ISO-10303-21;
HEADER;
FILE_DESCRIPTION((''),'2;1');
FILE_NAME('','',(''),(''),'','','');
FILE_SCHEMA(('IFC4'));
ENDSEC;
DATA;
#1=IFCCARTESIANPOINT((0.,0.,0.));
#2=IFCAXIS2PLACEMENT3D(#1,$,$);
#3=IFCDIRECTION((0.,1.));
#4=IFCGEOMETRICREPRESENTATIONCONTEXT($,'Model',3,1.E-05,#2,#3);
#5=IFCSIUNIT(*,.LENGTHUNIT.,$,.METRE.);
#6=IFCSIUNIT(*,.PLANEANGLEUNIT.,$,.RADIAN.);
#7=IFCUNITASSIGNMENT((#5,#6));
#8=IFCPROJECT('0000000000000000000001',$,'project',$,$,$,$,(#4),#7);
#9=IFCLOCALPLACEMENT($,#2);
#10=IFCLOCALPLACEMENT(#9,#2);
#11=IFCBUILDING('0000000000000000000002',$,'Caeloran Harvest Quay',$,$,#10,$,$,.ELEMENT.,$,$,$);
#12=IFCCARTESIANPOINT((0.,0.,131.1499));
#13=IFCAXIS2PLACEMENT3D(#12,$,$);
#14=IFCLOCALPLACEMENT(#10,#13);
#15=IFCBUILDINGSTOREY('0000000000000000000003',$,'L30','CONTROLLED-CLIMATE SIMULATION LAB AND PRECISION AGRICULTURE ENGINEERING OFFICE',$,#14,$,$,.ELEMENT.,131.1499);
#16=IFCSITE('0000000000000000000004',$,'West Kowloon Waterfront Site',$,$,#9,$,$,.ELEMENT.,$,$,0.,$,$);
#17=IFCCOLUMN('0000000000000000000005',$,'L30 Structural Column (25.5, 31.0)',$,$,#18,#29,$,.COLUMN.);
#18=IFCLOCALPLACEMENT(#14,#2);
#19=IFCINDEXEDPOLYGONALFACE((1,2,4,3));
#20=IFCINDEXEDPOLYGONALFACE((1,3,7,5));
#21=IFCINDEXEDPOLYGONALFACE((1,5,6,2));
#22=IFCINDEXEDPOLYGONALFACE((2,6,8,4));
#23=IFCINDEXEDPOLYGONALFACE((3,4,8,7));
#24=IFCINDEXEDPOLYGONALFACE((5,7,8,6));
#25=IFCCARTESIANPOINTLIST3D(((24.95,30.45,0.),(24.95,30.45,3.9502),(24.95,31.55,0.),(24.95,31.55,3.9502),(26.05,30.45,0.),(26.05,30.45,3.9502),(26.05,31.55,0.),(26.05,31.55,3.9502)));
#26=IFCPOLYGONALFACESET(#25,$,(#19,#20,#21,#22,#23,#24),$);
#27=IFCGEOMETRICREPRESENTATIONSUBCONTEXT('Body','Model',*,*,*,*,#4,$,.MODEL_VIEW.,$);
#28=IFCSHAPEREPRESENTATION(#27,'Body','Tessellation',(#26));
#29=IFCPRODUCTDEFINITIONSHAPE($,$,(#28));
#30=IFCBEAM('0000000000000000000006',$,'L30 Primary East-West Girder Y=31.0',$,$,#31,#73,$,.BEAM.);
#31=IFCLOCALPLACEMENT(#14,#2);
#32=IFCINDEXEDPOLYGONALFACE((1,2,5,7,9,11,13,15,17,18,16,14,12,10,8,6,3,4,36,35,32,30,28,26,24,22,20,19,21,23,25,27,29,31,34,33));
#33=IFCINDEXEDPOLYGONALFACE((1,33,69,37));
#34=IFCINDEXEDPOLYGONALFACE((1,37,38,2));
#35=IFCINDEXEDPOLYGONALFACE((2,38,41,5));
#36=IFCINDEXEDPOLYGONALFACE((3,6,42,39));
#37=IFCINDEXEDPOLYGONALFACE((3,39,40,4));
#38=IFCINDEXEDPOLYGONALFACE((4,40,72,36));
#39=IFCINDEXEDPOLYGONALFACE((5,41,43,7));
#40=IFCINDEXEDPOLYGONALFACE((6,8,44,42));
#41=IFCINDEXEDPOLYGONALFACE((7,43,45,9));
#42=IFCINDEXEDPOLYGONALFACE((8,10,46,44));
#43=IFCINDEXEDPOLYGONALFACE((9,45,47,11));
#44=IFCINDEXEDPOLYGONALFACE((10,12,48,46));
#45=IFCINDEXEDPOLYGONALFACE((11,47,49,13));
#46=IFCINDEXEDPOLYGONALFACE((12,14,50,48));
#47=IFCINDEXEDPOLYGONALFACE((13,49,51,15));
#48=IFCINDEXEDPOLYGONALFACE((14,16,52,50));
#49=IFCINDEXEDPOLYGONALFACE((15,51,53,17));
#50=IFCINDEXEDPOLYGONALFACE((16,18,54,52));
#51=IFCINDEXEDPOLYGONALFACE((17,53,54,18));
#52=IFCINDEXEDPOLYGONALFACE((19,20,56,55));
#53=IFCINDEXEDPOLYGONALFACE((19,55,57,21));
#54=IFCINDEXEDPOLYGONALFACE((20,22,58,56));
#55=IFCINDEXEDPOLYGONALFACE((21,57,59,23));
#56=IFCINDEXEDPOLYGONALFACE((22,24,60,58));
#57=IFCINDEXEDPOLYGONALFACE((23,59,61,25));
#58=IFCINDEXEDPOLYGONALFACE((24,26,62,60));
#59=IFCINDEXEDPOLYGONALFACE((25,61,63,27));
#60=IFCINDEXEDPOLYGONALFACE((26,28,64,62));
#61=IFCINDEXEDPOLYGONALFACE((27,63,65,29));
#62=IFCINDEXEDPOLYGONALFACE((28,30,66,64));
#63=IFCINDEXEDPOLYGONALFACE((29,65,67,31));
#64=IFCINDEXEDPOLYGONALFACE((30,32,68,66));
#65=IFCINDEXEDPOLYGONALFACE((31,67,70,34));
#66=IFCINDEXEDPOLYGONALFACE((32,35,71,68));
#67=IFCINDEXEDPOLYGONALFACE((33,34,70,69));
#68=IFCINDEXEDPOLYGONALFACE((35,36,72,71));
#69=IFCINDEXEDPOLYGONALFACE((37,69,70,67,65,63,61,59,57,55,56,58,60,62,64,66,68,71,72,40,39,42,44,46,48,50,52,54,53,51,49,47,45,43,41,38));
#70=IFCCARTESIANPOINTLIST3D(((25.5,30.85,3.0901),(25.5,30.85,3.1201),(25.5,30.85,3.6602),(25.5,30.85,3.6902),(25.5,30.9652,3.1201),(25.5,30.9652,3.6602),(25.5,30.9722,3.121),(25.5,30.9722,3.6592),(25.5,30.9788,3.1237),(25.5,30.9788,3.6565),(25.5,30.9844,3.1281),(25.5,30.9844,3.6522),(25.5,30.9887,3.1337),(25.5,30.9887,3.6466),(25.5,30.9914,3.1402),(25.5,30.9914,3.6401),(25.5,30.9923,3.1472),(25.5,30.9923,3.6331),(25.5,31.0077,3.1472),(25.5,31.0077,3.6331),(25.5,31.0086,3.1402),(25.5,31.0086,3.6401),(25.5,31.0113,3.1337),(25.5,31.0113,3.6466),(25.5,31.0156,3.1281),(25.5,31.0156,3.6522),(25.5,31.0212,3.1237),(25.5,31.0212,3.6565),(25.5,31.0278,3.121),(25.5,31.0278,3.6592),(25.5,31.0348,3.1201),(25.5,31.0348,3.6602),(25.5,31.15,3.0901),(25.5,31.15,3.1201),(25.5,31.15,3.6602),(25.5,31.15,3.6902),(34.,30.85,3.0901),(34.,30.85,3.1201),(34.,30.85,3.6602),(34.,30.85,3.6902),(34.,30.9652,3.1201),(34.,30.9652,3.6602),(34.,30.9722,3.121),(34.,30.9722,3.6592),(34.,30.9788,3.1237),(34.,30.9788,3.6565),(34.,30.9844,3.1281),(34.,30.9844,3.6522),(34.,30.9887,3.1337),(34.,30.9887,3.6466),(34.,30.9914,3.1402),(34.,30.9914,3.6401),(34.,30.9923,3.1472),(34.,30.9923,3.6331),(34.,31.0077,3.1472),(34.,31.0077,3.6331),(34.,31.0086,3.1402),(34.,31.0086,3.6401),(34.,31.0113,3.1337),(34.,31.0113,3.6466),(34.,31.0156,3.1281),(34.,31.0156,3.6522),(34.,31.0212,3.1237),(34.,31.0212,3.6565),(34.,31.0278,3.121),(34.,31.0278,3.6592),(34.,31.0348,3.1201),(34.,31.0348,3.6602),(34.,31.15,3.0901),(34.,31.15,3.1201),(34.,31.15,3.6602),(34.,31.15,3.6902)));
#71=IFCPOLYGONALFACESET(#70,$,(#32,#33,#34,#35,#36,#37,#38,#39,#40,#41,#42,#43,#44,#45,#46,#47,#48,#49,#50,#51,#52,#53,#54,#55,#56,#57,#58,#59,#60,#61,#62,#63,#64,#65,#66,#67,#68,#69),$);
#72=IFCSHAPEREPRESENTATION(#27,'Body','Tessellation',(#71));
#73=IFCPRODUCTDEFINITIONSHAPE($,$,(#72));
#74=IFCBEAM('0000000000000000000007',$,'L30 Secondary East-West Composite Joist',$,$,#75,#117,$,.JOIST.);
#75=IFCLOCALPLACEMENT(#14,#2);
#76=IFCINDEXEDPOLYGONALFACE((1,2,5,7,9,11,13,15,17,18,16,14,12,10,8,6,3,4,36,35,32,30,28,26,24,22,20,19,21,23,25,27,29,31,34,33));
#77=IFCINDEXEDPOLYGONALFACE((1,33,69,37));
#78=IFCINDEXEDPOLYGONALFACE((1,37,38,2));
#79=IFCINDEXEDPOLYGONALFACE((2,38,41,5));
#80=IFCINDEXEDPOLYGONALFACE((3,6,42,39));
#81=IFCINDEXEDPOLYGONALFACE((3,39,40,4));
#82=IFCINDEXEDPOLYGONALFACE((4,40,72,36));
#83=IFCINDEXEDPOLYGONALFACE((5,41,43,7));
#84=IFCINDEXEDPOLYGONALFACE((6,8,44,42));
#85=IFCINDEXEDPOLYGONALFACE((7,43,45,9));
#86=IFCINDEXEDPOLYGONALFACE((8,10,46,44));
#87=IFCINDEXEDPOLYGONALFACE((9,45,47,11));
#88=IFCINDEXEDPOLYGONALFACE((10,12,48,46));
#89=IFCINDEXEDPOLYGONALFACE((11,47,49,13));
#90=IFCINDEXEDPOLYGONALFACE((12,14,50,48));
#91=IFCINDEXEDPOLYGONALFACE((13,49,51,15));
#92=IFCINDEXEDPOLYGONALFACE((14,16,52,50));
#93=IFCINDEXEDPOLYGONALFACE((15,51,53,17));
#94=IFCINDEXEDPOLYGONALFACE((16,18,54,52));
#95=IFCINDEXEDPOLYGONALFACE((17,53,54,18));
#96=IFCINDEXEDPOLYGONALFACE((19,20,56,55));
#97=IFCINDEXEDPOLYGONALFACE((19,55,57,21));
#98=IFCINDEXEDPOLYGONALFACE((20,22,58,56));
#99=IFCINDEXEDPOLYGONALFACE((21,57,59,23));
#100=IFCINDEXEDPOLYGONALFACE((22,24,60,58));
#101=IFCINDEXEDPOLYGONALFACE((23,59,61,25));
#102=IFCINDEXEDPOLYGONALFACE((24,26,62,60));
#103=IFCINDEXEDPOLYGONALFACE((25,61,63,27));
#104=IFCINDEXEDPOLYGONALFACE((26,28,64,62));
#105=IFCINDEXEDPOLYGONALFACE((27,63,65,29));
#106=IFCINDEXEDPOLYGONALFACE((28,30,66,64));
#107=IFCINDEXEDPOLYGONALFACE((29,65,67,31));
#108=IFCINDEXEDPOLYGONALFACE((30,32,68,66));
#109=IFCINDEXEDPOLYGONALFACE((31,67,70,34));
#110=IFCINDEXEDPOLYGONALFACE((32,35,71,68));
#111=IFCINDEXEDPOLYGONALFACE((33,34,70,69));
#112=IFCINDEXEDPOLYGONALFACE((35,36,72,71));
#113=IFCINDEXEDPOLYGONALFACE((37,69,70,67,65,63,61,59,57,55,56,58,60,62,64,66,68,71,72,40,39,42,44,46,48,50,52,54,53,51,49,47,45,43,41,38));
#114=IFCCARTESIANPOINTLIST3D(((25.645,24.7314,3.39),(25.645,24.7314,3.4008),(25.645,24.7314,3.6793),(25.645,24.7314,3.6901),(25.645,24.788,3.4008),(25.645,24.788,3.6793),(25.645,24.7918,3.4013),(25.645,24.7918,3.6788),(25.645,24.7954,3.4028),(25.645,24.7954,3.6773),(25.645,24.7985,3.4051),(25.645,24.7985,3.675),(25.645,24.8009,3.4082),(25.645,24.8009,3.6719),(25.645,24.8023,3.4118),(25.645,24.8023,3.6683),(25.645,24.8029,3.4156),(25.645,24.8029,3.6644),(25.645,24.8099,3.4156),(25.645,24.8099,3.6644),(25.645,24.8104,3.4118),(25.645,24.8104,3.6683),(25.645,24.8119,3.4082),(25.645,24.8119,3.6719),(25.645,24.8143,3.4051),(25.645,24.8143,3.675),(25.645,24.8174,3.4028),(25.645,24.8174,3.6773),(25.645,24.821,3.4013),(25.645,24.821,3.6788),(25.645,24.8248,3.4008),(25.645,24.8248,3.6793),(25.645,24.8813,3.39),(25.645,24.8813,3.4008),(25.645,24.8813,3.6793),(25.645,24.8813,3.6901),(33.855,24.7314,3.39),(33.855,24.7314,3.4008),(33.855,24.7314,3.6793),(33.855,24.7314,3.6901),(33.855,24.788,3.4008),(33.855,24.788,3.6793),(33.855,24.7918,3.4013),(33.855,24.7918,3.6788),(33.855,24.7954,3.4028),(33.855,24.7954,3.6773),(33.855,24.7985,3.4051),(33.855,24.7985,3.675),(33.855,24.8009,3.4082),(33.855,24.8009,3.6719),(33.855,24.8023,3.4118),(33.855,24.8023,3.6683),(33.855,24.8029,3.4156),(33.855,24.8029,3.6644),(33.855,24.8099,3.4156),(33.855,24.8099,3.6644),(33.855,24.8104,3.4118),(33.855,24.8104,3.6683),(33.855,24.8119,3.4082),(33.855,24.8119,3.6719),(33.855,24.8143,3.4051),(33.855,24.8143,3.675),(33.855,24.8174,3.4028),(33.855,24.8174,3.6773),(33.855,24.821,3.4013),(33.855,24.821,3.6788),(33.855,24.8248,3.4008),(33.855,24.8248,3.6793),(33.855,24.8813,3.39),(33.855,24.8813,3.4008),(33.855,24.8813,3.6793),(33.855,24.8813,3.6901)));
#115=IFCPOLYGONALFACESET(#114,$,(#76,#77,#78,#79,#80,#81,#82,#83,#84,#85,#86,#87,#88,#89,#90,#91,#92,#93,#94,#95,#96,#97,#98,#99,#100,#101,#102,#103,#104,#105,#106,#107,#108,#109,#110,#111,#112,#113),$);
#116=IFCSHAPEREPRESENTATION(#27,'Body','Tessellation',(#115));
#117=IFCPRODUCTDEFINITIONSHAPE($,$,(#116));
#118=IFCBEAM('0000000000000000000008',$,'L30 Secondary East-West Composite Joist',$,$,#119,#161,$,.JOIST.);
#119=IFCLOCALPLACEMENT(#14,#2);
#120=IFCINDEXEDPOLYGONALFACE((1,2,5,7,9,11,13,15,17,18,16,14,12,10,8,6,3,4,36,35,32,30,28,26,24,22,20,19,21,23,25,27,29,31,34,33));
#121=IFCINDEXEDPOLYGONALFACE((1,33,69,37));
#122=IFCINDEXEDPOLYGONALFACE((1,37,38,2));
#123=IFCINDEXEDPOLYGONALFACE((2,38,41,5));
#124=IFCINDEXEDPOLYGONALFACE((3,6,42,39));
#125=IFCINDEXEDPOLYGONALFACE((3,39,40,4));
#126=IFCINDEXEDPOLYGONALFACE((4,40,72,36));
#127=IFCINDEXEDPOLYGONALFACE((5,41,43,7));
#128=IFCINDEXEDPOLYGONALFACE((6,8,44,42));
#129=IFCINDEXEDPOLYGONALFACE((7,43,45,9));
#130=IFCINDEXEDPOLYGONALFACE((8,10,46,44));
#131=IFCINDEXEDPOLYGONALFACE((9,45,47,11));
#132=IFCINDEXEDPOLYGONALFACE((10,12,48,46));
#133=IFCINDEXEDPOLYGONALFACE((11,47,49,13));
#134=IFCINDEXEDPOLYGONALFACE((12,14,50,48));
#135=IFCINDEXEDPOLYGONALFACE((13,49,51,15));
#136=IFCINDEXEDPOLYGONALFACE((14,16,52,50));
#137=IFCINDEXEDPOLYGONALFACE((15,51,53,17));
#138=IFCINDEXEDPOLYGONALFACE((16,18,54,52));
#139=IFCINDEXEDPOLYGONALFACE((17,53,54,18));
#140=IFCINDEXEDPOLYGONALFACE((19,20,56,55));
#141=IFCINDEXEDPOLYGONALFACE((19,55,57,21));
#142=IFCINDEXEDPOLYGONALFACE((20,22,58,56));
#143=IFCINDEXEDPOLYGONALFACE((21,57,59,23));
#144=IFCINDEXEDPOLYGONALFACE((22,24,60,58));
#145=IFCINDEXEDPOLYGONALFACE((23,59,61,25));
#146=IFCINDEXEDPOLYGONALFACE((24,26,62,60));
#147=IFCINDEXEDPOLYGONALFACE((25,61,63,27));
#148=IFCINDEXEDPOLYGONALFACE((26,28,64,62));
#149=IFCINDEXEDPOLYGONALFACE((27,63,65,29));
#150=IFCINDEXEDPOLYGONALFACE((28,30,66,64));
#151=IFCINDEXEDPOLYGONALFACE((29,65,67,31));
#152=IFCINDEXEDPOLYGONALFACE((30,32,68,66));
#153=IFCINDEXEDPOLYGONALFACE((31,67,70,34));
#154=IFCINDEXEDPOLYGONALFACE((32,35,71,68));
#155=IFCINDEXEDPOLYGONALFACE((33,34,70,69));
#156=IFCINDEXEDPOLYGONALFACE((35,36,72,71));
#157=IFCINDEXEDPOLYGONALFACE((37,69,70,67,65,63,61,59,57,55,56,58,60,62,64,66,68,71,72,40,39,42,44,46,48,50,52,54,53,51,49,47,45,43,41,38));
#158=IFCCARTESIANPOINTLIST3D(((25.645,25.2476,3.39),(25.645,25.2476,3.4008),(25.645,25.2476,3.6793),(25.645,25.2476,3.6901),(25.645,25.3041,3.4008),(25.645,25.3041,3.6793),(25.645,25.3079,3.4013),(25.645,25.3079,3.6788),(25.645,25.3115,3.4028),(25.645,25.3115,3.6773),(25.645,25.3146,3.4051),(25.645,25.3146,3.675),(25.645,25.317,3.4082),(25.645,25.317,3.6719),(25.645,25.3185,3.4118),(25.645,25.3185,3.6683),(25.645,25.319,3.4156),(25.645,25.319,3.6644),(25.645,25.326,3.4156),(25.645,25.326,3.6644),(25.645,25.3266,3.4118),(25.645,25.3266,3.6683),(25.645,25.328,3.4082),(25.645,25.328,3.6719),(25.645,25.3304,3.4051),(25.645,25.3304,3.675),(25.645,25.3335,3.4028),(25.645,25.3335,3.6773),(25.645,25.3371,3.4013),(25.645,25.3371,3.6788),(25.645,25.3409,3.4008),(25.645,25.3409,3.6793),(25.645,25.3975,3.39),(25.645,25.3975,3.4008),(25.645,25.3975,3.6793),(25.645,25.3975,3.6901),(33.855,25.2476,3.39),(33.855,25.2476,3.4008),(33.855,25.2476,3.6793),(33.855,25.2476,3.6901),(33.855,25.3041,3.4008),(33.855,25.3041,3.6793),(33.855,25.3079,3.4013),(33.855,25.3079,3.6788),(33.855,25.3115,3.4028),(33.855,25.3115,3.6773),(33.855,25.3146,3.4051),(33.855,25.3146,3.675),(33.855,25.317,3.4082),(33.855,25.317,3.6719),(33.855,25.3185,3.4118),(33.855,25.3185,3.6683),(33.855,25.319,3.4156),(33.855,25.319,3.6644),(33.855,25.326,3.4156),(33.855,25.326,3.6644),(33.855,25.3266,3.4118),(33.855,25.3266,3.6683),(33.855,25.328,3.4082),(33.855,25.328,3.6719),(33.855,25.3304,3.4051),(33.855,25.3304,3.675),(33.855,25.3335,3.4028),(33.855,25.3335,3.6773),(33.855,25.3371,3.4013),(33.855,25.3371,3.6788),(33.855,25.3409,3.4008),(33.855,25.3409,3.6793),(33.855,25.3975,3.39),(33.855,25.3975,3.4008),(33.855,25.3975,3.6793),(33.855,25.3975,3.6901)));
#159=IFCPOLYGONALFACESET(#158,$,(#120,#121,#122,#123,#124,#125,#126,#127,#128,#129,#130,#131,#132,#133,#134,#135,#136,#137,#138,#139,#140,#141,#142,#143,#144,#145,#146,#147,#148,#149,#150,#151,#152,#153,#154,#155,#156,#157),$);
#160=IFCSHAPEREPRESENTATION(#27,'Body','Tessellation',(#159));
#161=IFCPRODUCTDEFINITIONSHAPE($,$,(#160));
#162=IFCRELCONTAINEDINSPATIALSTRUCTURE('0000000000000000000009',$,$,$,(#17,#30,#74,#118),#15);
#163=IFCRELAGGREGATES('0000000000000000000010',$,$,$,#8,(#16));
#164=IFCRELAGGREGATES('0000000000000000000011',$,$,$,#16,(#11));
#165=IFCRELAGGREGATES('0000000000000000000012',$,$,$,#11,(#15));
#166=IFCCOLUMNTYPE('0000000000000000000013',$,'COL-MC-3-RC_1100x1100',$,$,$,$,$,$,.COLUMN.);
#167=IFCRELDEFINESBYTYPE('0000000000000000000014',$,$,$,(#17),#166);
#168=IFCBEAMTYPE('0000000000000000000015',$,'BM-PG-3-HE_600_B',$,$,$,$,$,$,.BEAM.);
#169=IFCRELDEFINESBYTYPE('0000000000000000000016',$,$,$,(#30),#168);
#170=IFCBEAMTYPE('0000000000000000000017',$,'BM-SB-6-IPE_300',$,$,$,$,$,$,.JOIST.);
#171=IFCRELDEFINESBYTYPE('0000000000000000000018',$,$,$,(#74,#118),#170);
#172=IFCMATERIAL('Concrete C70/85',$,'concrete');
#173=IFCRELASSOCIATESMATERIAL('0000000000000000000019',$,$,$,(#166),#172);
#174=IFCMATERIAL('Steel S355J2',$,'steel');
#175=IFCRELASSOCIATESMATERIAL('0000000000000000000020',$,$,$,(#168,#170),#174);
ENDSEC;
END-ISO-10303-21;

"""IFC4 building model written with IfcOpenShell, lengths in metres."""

from ifc_helpers import new_model, si_unit, direction, frame, origin, origin_2d, place, context, subcontext, project, spatial, rectangle, i_section, extrude, material, material_profile, profile_set, type_object, element, save


model = new_model("IFC4")

# Units and contexts
model_context = context("Model", 3, precision=1e-05, world=origin(), true_north=direction((0.0, 1.0)))
body_context = subcontext(model_context, "Body", "Model", "MODEL_VIEW")
ifc_project = project(units=[si_unit("LENGTHUNIT", "METRE"), si_unit("PLANEANGLEUNIT", "RADIAN")], contexts=[model_context])

# Site, building, storey
site_placement = place(None, origin())
site = spatial("IfcSite", under=ifc_project, at=site_placement, Name="West Kowloon Waterfront Site", CompositionType="ELEMENT", RefElevation=0.0)
building_placement = place(site_placement, origin())
building = spatial("IfcBuilding", under=site, at=building_placement, Name="Caeloran Harvest Quay", CompositionType="ELEMENT")
storey_placement = place(building_placement, frame((0.0, 0.0, 131.1499)))
storey = spatial("IfcBuildingStorey", under=building, at=storey_placement, Name="L30", Description="CONTROLLED-CLIMATE SIMULATION LAB AND PRECISION AGRICULTURE ENGINEERING OFFICE", CompositionType="ELEMENT", Elevation=131.1499)

# Column
ifc_material_1 = material(Name="Concrete C70/85", Category="concrete")
ifc_material_profile_1 = material_profile(ifc_material_1, rectangle(XDim=1.1001, YDim=1.1001, at=origin_2d()), Name="RC 1100x1100")
ifc_profile_set_1 = profile_set([ifc_material_profile_1], Name="Concrete C70/85")
column_type = type_object("IfcColumnType", Name="COL-MC-3-RC_1100x1100", PredefinedType="COLUMN", material=ifc_profile_set_1)
column_placement = place(storey_placement, frame((25.5, 31.0, 0.0), z_axis=(0.0, 0.0, 1.0), x_axis=(1.0, 0.0, 0.0)))
element("IfcColumn", 1, at=column_placement, inside=storey, type_object=column_type, Name="L30 Structural Column (25.5, 31.0)", PredefinedType="COLUMN", context=body_context, shape_type="SweptSolid", body=[
    extrude(rectangle(XDim=1.1001, YDim=1.1001, at=origin_2d()), origin(), (0.0, 0.0, 1.0), 3.9502),
])

# Beams
ifc_material_2 = material(Name="Steel S355J2", Category="steel")
ifc_material_profile_2 = material_profile(ifc_material_2, i_section(OverallWidth=0.3, OverallDepth=0.6001, WebThickness=0.0154, FlangeThickness=0.03, FilletRadius=0.0271, at=origin_2d()), Name="HE 600 B")
ifc_profile_set_2 = profile_set([ifc_material_profile_2], Name="Steel S355J2")
beam_type_1 = type_object("IfcBeamType", Name="BM-PG-3-HE_600_B", PredefinedType="BEAM", material=ifc_profile_set_2)
beam_placement = place(storey_placement, frame((25.5, 31.0, 3.3901), z_axis=(1.0, 0.0, 0.0), x_axis=(0.0, 1.0, 0.0)))
element("IfcBeam", 2, at=beam_placement, inside=storey, type_object=beam_type_1, Name="L30 Primary East-West Girder Y=31.0", PredefinedType="BEAM", context=body_context, shape_type="SweptSolid", body=[
    extrude(i_section(OverallWidth=0.3, OverallDepth=0.6001, WebThickness=0.0154, FlangeThickness=0.03, FilletRadius=0.0271, at=origin_2d()), origin(), (0.0, 0.0, 1.0), 8.5),
])
ifc_material_profile_3 = material_profile(ifc_material_2, i_section(OverallWidth=0.1499, OverallDepth=0.3, WebThickness=0.0071, FlangeThickness=0.0107, FilletRadius=0.0149, at=origin_2d()), Name="IPE 300")
ifc_profile_set_3 = profile_set([ifc_material_profile_3], Name="Steel S355J2")
beam_type_2 = type_object("IfcBeamType", Name="BM-SB-6-IPE_300", PredefinedType="JOIST", material=ifc_profile_set_3)
for number, where, z_axis, x_axis, name in (
    (3, (25.645, 24.8064, 3.54), (1.0, 0.0, 0.0), (0.0, 1.0, 0.0), "L30 Secondary East-West Composite Joist"),
    (4, (25.645, 25.3225, 3.54), (1.0, 0.0, 0.0), (0.0, 1.0, 0.0), "L30 Secondary East-West Composite Joist"),
):
    element("IfcBeam", number, at=place(storey_placement, frame(where, z_axis=z_axis, x_axis=x_axis)), inside=storey, type_object=beam_type_2, Name=name, PredefinedType="JOIST", context=body_context, shape_type="SweptSolid", body=[
        extrude(i_section(OverallWidth=0.1499, OverallDepth=0.3, WebThickness=0.0071, FlangeThickness=0.0107, FilletRadius=0.0149, at=origin_2d()), origin(), (0.0, 0.0, 1.0), 8.21),
    ])

save(model, "model.ifc")
